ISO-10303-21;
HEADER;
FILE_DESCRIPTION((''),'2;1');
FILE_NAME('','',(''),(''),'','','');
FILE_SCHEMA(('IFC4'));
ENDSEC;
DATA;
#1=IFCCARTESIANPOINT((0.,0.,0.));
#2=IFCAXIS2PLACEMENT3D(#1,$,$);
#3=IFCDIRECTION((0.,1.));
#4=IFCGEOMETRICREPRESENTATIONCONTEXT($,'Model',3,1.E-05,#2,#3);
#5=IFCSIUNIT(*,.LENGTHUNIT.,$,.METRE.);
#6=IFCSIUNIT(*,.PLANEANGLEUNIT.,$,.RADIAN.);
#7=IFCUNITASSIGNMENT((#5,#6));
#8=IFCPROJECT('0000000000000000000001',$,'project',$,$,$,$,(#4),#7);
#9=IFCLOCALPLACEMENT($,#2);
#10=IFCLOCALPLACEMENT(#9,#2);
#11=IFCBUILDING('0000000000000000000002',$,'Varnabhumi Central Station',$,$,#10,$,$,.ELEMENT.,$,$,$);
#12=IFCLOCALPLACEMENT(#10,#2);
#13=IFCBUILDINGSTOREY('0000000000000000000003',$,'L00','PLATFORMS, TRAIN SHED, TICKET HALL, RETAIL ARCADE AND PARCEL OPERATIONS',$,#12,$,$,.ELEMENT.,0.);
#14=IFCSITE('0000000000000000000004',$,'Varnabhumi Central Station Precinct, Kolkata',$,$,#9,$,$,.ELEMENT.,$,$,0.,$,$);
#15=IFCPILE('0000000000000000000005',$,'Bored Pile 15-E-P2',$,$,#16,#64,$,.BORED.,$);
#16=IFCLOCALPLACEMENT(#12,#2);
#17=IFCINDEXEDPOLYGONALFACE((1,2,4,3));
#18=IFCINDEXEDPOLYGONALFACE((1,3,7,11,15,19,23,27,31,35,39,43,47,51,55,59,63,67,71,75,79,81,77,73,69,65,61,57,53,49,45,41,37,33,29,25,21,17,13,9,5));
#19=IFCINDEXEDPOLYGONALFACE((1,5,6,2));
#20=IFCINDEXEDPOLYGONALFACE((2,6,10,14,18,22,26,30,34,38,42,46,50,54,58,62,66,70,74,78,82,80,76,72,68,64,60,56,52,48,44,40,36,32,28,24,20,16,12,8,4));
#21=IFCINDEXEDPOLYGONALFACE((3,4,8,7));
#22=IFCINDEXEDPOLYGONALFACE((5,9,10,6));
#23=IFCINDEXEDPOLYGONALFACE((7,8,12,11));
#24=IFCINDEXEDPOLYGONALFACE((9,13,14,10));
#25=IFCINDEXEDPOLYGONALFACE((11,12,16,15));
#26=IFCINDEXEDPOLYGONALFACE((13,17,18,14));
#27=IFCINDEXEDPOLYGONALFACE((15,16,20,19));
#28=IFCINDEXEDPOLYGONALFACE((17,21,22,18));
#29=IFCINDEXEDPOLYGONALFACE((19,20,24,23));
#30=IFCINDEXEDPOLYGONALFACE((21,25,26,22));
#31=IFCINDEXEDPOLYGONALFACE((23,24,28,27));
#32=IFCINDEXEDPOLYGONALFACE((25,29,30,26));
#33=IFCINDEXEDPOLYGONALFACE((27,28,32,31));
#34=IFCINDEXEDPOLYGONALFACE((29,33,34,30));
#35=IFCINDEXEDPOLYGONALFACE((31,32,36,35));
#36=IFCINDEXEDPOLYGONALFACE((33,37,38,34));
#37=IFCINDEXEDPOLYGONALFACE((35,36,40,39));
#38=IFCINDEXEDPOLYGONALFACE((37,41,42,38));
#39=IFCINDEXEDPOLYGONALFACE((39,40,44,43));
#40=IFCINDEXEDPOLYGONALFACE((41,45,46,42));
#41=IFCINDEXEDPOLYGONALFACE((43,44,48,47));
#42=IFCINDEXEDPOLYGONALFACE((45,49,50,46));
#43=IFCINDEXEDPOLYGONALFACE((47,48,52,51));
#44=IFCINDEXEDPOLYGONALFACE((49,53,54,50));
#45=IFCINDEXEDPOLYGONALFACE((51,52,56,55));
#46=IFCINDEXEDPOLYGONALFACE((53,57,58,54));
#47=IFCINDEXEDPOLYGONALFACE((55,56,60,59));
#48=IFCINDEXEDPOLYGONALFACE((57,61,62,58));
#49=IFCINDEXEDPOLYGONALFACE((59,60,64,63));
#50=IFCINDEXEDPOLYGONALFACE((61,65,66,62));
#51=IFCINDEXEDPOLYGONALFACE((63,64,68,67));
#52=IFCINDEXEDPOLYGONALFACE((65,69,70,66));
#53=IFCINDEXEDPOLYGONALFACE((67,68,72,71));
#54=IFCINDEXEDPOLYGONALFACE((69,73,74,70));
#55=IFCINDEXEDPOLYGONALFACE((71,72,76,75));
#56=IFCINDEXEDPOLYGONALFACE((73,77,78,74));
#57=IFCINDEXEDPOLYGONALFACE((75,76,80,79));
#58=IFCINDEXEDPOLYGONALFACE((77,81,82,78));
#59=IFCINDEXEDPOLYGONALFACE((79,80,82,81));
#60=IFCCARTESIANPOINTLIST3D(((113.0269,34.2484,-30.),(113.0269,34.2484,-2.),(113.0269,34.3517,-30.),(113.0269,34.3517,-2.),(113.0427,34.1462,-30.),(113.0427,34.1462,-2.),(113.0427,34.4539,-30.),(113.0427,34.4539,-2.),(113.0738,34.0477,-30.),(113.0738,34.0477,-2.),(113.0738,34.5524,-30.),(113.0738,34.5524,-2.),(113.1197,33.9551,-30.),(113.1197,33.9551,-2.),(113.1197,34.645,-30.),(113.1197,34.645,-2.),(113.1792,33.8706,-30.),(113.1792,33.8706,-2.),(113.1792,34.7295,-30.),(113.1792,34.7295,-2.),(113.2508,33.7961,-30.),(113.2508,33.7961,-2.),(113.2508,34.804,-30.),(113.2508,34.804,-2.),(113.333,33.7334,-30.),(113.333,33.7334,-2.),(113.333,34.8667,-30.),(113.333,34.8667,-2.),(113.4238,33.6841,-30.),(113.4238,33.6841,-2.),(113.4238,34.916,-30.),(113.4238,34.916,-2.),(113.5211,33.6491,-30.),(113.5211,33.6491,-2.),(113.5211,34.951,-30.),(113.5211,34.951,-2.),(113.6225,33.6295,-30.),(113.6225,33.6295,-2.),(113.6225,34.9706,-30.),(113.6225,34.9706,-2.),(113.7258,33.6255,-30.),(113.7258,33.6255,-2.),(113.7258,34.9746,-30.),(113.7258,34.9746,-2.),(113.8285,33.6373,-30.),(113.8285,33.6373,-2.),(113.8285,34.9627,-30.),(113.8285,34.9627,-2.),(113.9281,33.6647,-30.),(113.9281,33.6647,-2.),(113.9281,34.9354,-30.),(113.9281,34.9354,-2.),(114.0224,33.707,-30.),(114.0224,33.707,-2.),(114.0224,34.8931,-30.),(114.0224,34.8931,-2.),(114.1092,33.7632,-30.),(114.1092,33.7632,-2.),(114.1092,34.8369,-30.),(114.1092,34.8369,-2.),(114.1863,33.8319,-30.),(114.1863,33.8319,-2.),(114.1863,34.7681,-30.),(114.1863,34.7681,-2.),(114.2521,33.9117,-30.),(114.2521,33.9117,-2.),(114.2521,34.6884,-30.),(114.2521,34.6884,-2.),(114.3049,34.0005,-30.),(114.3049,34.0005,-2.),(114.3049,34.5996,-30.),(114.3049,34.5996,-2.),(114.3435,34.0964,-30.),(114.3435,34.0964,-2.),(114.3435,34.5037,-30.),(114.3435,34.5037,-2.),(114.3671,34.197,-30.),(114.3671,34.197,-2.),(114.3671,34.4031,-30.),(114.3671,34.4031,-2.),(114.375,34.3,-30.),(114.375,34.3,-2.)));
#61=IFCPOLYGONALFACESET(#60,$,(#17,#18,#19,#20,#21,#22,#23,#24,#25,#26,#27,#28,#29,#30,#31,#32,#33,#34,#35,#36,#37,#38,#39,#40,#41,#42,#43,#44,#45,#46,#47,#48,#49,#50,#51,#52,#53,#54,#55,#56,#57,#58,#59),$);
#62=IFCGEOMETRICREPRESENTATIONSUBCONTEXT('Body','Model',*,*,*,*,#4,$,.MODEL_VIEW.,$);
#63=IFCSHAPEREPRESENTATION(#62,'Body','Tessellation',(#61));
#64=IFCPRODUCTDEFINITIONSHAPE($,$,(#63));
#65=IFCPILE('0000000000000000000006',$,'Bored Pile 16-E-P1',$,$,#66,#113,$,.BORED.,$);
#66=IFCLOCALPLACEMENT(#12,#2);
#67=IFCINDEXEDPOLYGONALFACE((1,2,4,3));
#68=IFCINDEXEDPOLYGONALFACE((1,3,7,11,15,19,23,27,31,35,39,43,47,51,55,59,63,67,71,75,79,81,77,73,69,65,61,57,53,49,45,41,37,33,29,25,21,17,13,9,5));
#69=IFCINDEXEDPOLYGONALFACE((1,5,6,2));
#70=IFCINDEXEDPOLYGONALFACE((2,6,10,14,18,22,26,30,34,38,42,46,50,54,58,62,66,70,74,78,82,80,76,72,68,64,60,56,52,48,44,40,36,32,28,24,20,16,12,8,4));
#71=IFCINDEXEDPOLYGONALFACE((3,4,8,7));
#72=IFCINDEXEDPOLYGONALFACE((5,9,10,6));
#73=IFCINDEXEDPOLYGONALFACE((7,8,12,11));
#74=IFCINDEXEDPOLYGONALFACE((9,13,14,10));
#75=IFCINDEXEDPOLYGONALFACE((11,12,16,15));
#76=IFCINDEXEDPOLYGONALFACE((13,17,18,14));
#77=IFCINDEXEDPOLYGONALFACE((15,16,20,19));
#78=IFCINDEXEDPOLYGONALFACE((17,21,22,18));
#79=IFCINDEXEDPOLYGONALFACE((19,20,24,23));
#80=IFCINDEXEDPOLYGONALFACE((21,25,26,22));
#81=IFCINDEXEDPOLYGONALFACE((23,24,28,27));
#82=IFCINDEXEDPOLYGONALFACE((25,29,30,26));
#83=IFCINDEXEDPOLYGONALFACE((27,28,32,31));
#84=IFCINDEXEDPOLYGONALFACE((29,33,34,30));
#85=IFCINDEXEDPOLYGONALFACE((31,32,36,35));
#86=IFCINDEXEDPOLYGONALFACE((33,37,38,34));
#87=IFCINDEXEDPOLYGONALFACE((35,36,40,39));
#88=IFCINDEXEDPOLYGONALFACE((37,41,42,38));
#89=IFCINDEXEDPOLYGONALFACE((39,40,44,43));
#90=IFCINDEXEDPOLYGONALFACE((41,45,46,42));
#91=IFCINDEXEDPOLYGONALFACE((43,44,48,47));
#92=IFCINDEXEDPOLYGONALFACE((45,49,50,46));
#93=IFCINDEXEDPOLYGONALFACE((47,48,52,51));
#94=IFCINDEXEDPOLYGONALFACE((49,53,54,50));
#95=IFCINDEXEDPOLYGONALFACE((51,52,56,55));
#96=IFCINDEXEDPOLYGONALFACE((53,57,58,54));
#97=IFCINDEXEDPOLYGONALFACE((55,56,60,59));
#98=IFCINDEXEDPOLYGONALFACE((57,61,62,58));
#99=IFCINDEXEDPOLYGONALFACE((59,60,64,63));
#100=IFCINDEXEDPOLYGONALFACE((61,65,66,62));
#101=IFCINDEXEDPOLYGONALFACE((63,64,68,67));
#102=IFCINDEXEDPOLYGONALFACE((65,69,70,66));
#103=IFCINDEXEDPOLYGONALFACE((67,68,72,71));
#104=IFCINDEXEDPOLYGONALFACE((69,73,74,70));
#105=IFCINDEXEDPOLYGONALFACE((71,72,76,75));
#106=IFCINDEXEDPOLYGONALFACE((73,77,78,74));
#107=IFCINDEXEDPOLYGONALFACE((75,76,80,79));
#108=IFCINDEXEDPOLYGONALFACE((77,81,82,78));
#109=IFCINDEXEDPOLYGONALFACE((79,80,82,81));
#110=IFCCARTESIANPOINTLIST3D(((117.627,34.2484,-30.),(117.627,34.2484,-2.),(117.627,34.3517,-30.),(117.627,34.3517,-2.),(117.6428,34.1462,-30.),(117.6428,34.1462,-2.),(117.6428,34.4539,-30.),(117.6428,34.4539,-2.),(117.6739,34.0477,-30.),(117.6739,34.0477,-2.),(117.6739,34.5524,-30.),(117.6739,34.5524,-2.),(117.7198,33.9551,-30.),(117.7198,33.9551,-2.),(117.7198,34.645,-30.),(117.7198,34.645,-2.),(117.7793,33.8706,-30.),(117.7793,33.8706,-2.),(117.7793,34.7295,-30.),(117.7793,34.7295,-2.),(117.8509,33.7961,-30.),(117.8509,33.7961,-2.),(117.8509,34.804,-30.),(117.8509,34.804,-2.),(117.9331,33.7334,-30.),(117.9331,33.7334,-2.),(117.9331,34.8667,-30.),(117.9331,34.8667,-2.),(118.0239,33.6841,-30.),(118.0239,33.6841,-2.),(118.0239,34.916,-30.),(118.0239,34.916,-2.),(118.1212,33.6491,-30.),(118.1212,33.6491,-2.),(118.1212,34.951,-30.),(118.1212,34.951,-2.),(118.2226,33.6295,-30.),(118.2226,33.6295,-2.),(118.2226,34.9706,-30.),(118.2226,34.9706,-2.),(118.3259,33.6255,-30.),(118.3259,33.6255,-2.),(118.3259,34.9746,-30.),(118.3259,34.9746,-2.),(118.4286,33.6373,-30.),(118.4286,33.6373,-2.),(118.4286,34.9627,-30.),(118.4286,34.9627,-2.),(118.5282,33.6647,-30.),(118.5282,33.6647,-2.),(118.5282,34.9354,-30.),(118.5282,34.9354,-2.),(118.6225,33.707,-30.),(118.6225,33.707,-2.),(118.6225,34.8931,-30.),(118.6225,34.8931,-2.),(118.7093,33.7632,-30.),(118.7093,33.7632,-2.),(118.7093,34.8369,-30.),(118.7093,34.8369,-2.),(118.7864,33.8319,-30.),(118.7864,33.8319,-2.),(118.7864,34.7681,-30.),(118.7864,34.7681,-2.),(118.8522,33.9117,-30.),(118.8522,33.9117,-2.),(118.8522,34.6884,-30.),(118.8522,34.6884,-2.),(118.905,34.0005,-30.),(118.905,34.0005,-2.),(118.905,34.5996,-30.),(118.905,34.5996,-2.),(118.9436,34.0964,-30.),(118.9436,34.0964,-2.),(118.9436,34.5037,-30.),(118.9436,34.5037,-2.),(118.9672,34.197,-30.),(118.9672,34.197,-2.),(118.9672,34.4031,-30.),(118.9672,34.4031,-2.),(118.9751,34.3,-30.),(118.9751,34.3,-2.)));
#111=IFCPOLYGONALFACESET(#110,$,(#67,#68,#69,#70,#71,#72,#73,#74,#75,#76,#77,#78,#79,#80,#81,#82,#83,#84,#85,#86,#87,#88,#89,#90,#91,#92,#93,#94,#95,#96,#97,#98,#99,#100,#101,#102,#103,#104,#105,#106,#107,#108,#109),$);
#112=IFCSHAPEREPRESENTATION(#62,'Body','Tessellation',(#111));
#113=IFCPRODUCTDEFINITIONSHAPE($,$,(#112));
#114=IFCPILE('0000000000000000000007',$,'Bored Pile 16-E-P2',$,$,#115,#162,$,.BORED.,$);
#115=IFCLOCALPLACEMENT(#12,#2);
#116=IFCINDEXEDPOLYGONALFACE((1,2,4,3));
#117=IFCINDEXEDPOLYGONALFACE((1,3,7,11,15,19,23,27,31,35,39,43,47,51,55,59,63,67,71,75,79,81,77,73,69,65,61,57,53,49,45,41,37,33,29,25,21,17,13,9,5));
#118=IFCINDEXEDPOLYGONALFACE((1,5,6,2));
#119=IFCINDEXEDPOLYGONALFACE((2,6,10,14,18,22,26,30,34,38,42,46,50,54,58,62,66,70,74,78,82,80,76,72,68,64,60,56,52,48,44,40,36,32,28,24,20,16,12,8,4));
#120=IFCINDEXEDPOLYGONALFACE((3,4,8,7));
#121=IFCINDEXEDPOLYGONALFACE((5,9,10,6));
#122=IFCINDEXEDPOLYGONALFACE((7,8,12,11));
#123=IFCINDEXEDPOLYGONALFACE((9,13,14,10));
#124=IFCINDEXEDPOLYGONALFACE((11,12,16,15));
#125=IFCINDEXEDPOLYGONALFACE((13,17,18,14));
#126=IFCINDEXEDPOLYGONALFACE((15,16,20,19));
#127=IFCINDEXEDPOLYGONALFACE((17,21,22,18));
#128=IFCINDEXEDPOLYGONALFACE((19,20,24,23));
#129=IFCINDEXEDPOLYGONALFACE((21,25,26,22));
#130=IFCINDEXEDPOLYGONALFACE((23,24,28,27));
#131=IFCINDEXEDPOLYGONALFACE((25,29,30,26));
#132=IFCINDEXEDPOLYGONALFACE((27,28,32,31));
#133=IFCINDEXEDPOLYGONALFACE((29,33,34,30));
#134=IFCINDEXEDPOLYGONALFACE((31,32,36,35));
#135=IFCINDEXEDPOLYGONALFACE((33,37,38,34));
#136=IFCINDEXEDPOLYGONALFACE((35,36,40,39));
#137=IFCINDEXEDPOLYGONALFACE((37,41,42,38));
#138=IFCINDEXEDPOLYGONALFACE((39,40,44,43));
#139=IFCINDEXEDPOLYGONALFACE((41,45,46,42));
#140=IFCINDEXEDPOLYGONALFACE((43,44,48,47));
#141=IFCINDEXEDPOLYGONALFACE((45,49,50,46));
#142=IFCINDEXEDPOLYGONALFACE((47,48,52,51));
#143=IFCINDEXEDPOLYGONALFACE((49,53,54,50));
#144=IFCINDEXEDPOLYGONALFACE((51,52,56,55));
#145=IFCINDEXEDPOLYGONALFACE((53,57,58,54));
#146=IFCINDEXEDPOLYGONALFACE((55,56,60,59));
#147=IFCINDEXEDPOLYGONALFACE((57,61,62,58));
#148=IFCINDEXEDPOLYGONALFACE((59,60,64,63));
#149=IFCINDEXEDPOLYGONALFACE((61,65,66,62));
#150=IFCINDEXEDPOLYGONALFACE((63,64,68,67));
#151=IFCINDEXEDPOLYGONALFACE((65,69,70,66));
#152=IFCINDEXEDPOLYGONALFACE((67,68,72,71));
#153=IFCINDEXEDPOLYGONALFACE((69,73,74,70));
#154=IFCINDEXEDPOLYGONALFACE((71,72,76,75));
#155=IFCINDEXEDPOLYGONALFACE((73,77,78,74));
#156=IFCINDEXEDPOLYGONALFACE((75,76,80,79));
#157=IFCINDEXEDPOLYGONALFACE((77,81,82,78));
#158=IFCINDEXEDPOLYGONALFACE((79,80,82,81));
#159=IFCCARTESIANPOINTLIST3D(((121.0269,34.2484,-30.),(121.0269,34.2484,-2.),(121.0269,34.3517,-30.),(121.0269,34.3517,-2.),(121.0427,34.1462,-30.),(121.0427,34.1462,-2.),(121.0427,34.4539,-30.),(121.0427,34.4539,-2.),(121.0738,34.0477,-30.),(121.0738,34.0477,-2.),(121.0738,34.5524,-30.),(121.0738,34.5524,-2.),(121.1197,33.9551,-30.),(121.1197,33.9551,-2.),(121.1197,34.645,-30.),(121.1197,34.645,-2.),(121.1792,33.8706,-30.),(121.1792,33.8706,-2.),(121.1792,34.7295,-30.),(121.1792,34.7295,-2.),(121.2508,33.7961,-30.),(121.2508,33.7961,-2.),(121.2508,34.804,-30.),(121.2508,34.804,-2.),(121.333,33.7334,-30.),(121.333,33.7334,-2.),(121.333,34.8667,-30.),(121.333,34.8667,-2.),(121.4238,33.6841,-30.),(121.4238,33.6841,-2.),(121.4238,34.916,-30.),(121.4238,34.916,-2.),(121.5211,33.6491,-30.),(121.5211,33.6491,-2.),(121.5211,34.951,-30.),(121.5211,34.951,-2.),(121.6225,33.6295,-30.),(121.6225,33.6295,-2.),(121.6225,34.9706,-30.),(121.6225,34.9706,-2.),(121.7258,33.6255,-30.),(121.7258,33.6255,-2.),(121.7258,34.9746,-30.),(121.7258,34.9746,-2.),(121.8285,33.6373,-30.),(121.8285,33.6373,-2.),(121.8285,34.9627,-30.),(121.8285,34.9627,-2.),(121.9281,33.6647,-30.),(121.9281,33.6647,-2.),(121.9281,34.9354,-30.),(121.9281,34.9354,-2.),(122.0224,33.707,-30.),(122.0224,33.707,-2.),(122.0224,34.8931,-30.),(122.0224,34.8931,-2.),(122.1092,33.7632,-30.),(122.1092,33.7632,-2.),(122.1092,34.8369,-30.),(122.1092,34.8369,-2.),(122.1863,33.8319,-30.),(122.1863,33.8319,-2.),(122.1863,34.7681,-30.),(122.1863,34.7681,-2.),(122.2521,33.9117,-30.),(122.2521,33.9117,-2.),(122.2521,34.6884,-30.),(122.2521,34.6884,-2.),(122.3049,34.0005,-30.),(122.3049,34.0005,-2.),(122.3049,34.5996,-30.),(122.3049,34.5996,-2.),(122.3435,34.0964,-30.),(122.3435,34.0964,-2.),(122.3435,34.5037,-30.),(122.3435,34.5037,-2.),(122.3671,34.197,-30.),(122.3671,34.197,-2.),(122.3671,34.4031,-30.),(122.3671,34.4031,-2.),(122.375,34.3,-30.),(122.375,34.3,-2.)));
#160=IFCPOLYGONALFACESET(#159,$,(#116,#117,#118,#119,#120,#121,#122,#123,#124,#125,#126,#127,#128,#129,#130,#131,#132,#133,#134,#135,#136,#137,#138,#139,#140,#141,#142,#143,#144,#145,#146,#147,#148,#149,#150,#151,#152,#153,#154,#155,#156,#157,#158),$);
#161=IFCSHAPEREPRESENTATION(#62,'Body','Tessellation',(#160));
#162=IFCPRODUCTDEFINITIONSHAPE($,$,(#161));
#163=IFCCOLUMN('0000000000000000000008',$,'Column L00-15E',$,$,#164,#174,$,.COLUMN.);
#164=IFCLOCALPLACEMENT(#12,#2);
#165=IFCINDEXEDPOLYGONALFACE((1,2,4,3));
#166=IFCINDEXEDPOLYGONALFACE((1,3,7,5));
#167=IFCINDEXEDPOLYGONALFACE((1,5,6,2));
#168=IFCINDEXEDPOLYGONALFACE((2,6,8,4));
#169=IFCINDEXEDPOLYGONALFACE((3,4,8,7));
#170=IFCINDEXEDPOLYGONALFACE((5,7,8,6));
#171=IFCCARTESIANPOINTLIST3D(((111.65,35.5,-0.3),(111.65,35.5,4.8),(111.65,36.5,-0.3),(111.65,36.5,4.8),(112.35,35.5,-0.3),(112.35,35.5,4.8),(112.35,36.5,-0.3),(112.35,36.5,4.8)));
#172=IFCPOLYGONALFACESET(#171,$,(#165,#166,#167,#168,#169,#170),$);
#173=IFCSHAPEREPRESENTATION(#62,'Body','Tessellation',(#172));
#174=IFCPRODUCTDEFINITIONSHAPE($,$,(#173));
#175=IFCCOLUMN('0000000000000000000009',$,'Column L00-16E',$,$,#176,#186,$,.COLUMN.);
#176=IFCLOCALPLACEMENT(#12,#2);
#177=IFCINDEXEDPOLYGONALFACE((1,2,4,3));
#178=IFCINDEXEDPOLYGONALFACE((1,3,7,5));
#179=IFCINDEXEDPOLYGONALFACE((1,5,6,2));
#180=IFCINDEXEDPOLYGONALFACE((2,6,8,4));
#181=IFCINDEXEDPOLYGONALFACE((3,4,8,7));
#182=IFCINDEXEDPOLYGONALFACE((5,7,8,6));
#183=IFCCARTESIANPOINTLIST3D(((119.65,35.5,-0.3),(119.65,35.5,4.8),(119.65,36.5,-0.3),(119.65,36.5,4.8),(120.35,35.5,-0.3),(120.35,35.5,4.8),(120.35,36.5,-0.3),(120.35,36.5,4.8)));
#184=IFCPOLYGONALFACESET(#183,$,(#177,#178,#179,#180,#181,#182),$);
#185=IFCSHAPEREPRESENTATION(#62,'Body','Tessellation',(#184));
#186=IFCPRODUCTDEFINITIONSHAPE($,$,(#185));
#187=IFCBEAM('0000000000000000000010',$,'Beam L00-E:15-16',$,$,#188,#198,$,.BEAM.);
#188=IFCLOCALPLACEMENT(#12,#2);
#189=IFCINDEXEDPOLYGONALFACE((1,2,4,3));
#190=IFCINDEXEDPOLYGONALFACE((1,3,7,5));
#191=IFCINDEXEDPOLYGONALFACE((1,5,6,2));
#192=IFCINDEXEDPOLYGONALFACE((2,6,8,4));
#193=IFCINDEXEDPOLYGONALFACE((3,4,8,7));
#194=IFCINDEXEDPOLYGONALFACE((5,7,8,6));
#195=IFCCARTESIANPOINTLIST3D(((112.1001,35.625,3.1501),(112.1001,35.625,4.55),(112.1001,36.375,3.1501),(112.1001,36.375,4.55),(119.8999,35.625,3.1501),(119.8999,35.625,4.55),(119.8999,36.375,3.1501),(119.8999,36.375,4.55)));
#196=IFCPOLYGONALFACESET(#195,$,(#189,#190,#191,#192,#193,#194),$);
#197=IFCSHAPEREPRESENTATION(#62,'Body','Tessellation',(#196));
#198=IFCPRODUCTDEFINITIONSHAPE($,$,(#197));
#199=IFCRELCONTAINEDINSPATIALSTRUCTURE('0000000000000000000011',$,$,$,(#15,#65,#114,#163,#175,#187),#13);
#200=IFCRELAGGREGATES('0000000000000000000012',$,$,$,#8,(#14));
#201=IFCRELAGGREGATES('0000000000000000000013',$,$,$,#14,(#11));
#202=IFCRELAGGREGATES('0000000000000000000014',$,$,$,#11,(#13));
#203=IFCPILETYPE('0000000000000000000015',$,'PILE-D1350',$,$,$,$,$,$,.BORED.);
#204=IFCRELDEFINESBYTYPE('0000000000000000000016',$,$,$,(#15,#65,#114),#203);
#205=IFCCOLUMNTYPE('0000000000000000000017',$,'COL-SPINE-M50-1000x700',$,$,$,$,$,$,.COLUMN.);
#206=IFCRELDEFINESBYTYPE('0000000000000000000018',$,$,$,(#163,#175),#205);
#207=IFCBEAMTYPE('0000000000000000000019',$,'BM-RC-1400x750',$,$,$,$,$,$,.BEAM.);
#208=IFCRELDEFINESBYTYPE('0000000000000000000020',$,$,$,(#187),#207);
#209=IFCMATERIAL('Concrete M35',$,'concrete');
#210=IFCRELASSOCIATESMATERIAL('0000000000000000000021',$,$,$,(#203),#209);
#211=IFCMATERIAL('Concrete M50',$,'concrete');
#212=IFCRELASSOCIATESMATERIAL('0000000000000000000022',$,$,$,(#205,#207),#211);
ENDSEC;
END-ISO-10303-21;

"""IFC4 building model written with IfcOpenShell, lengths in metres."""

from ifc_helpers import new_model, si_unit, direction, frame, origin, origin_2d, place, context, subcontext, project, spatial, rectangle, circle, extrude, material, material_profile, profile_set, type_object, element, save


model = new_model("IFC4")

# Units and contexts
model_context = context("Model", 3, precision=1e-05, world=origin(), true_north=direction((0.0, 1.0)))
body_context = subcontext(model_context, "Body", "Model", "MODEL_VIEW")
ifc_project = project(units=[si_unit("LENGTHUNIT", "METRE"), si_unit("PLANEANGLEUNIT", "RADIAN")], contexts=[model_context])

# Site, building, storey
site_placement = place(None, origin())
site = spatial("IfcSite", under=ifc_project, at=site_placement, Name="Varnabhumi Central Station Precinct, Kolkata", CompositionType="ELEMENT", RefElevation=0.0)
building_placement = place(site_placement, origin())
building = spatial("IfcBuilding", under=site, at=building_placement, Name="Varnabhumi Central Station", CompositionType="ELEMENT")
storey_placement = place(building_placement, origin())
storey = spatial("IfcBuildingStorey", under=building, at=storey_placement, Name="L00", Description="PLATFORMS, TRAIN SHED, TICKET HALL, RETAIL ARCADE AND PARCEL OPERATIONS", CompositionType="ELEMENT", Elevation=0.0)

# Piles
ifc_material_1 = material(Name="Concrete M35", Category="concrete")
ifc_material_profile_1 = material_profile(ifc_material_1, circle(Radius=0.675, at=origin_2d()), Name="Concrete M35", Category="concrete")
ifc_profile_set_1 = profile_set([ifc_material_profile_1], Name="Concrete M35")
pile_type_1 = type_object("IfcPileType", Name="PILE-D1350", PredefinedType="BORED", material=ifc_profile_set_1)
for number, where, z_axis, x_axis, name in (
    (1, (113.7, 34.3, -2.0), (0.0, 0.0, -1.0), (1.0, 0.0, 0.0), "Bored Pile 15-E-P2"),
    (2, (118.3, 34.3, -2.0), (0.0, 0.0, -1.0), (1.0, 0.0, 0.0), "Bored Pile 16-E-P1"),
    (3, (121.7, 34.3, -2.0), (0.0, 0.0, -1.0), (1.0, 0.0, 0.0), "Bored Pile 16-E-P2"),
):
    element("IfcPile", number, at=place(storey_placement, frame(where, z_axis=z_axis, x_axis=x_axis)), inside=storey, type_object=pile_type_1, Name=name, PredefinedType="BORED", context=body_context, shape_type="SweptSolid", body=[
        extrude(circle(Radius=0.675, at=origin_2d()), origin(), (0.0, 0.0, 1.0), 28.0),
    ])

# Columns
ifc_material_2 = material(Name="Concrete M50", Category="concrete")
ifc_material_profile_2 = material_profile(ifc_material_2, rectangle(XDim=0.7, YDim=1.0, at=origin_2d()), Name="Concrete M50", Category="concrete")
ifc_profile_set_2 = profile_set([ifc_material_profile_2], Name="Concrete M50")
column_type = type_object("IfcColumnType", Name="COL-SPINE-M50-1000x700", PredefinedType="COLUMN", material=ifc_profile_set_2)
for number, where, z_axis, x_axis, name in (
    (4, (112.0, 36.0, -0.3), (0.0, 0.0, 1.0), (1.0, 0.0, 0.0), "Column L00-15E"),
    (5, (120.0, 36.0, -0.3), (0.0, 0.0, 1.0), (1.0, 0.0, 0.0), "Column L00-16E"),
):
    element("IfcColumn", number, at=place(storey_placement, frame(where, z_axis=z_axis, x_axis=x_axis)), inside=storey, type_object=column_type, Name=name, PredefinedType="COLUMN", context=body_context, shape_type="SweptSolid", body=[
        extrude(rectangle(XDim=0.7, YDim=1.0, at=origin_2d()), origin(), (0.0, 0.0, 1.0), 5.1001),
    ])

# Beam
ifc_material_profile_3 = material_profile(ifc_material_2, rectangle(XDim=0.75, YDim=1.3999, at=origin_2d()), Name="Concrete M50", Category="concrete")
ifc_profile_set_3 = profile_set([ifc_material_profile_3], Name="Concrete M50")
beam_type_1 = type_object("IfcBeamType", Name="BM-RC-1400x750", PredefinedType="BEAM", material=ifc_profile_set_3)
for number, where, z_axis, x_axis, name in (
    (6, (112.1001, 36.0, 3.8501), (1.0, 0.0, 0.0), (0.0, 1.0, 0.0), "Beam L00-E:15-16"),
):
    element("IfcBeam", number, at=place(storey_placement, frame(where, z_axis=z_axis, x_axis=x_axis)), inside=storey, type_object=beam_type_1, Name=name, PredefinedType="BEAM", context=body_context, shape_type="SweptSolid", body=[
        extrude(rectangle(XDim=0.75, YDim=1.3999, at=origin_2d()), origin(), (0.0, 0.0, 1.0), 7.7998),
    ])

save(model, "model.ifc")
